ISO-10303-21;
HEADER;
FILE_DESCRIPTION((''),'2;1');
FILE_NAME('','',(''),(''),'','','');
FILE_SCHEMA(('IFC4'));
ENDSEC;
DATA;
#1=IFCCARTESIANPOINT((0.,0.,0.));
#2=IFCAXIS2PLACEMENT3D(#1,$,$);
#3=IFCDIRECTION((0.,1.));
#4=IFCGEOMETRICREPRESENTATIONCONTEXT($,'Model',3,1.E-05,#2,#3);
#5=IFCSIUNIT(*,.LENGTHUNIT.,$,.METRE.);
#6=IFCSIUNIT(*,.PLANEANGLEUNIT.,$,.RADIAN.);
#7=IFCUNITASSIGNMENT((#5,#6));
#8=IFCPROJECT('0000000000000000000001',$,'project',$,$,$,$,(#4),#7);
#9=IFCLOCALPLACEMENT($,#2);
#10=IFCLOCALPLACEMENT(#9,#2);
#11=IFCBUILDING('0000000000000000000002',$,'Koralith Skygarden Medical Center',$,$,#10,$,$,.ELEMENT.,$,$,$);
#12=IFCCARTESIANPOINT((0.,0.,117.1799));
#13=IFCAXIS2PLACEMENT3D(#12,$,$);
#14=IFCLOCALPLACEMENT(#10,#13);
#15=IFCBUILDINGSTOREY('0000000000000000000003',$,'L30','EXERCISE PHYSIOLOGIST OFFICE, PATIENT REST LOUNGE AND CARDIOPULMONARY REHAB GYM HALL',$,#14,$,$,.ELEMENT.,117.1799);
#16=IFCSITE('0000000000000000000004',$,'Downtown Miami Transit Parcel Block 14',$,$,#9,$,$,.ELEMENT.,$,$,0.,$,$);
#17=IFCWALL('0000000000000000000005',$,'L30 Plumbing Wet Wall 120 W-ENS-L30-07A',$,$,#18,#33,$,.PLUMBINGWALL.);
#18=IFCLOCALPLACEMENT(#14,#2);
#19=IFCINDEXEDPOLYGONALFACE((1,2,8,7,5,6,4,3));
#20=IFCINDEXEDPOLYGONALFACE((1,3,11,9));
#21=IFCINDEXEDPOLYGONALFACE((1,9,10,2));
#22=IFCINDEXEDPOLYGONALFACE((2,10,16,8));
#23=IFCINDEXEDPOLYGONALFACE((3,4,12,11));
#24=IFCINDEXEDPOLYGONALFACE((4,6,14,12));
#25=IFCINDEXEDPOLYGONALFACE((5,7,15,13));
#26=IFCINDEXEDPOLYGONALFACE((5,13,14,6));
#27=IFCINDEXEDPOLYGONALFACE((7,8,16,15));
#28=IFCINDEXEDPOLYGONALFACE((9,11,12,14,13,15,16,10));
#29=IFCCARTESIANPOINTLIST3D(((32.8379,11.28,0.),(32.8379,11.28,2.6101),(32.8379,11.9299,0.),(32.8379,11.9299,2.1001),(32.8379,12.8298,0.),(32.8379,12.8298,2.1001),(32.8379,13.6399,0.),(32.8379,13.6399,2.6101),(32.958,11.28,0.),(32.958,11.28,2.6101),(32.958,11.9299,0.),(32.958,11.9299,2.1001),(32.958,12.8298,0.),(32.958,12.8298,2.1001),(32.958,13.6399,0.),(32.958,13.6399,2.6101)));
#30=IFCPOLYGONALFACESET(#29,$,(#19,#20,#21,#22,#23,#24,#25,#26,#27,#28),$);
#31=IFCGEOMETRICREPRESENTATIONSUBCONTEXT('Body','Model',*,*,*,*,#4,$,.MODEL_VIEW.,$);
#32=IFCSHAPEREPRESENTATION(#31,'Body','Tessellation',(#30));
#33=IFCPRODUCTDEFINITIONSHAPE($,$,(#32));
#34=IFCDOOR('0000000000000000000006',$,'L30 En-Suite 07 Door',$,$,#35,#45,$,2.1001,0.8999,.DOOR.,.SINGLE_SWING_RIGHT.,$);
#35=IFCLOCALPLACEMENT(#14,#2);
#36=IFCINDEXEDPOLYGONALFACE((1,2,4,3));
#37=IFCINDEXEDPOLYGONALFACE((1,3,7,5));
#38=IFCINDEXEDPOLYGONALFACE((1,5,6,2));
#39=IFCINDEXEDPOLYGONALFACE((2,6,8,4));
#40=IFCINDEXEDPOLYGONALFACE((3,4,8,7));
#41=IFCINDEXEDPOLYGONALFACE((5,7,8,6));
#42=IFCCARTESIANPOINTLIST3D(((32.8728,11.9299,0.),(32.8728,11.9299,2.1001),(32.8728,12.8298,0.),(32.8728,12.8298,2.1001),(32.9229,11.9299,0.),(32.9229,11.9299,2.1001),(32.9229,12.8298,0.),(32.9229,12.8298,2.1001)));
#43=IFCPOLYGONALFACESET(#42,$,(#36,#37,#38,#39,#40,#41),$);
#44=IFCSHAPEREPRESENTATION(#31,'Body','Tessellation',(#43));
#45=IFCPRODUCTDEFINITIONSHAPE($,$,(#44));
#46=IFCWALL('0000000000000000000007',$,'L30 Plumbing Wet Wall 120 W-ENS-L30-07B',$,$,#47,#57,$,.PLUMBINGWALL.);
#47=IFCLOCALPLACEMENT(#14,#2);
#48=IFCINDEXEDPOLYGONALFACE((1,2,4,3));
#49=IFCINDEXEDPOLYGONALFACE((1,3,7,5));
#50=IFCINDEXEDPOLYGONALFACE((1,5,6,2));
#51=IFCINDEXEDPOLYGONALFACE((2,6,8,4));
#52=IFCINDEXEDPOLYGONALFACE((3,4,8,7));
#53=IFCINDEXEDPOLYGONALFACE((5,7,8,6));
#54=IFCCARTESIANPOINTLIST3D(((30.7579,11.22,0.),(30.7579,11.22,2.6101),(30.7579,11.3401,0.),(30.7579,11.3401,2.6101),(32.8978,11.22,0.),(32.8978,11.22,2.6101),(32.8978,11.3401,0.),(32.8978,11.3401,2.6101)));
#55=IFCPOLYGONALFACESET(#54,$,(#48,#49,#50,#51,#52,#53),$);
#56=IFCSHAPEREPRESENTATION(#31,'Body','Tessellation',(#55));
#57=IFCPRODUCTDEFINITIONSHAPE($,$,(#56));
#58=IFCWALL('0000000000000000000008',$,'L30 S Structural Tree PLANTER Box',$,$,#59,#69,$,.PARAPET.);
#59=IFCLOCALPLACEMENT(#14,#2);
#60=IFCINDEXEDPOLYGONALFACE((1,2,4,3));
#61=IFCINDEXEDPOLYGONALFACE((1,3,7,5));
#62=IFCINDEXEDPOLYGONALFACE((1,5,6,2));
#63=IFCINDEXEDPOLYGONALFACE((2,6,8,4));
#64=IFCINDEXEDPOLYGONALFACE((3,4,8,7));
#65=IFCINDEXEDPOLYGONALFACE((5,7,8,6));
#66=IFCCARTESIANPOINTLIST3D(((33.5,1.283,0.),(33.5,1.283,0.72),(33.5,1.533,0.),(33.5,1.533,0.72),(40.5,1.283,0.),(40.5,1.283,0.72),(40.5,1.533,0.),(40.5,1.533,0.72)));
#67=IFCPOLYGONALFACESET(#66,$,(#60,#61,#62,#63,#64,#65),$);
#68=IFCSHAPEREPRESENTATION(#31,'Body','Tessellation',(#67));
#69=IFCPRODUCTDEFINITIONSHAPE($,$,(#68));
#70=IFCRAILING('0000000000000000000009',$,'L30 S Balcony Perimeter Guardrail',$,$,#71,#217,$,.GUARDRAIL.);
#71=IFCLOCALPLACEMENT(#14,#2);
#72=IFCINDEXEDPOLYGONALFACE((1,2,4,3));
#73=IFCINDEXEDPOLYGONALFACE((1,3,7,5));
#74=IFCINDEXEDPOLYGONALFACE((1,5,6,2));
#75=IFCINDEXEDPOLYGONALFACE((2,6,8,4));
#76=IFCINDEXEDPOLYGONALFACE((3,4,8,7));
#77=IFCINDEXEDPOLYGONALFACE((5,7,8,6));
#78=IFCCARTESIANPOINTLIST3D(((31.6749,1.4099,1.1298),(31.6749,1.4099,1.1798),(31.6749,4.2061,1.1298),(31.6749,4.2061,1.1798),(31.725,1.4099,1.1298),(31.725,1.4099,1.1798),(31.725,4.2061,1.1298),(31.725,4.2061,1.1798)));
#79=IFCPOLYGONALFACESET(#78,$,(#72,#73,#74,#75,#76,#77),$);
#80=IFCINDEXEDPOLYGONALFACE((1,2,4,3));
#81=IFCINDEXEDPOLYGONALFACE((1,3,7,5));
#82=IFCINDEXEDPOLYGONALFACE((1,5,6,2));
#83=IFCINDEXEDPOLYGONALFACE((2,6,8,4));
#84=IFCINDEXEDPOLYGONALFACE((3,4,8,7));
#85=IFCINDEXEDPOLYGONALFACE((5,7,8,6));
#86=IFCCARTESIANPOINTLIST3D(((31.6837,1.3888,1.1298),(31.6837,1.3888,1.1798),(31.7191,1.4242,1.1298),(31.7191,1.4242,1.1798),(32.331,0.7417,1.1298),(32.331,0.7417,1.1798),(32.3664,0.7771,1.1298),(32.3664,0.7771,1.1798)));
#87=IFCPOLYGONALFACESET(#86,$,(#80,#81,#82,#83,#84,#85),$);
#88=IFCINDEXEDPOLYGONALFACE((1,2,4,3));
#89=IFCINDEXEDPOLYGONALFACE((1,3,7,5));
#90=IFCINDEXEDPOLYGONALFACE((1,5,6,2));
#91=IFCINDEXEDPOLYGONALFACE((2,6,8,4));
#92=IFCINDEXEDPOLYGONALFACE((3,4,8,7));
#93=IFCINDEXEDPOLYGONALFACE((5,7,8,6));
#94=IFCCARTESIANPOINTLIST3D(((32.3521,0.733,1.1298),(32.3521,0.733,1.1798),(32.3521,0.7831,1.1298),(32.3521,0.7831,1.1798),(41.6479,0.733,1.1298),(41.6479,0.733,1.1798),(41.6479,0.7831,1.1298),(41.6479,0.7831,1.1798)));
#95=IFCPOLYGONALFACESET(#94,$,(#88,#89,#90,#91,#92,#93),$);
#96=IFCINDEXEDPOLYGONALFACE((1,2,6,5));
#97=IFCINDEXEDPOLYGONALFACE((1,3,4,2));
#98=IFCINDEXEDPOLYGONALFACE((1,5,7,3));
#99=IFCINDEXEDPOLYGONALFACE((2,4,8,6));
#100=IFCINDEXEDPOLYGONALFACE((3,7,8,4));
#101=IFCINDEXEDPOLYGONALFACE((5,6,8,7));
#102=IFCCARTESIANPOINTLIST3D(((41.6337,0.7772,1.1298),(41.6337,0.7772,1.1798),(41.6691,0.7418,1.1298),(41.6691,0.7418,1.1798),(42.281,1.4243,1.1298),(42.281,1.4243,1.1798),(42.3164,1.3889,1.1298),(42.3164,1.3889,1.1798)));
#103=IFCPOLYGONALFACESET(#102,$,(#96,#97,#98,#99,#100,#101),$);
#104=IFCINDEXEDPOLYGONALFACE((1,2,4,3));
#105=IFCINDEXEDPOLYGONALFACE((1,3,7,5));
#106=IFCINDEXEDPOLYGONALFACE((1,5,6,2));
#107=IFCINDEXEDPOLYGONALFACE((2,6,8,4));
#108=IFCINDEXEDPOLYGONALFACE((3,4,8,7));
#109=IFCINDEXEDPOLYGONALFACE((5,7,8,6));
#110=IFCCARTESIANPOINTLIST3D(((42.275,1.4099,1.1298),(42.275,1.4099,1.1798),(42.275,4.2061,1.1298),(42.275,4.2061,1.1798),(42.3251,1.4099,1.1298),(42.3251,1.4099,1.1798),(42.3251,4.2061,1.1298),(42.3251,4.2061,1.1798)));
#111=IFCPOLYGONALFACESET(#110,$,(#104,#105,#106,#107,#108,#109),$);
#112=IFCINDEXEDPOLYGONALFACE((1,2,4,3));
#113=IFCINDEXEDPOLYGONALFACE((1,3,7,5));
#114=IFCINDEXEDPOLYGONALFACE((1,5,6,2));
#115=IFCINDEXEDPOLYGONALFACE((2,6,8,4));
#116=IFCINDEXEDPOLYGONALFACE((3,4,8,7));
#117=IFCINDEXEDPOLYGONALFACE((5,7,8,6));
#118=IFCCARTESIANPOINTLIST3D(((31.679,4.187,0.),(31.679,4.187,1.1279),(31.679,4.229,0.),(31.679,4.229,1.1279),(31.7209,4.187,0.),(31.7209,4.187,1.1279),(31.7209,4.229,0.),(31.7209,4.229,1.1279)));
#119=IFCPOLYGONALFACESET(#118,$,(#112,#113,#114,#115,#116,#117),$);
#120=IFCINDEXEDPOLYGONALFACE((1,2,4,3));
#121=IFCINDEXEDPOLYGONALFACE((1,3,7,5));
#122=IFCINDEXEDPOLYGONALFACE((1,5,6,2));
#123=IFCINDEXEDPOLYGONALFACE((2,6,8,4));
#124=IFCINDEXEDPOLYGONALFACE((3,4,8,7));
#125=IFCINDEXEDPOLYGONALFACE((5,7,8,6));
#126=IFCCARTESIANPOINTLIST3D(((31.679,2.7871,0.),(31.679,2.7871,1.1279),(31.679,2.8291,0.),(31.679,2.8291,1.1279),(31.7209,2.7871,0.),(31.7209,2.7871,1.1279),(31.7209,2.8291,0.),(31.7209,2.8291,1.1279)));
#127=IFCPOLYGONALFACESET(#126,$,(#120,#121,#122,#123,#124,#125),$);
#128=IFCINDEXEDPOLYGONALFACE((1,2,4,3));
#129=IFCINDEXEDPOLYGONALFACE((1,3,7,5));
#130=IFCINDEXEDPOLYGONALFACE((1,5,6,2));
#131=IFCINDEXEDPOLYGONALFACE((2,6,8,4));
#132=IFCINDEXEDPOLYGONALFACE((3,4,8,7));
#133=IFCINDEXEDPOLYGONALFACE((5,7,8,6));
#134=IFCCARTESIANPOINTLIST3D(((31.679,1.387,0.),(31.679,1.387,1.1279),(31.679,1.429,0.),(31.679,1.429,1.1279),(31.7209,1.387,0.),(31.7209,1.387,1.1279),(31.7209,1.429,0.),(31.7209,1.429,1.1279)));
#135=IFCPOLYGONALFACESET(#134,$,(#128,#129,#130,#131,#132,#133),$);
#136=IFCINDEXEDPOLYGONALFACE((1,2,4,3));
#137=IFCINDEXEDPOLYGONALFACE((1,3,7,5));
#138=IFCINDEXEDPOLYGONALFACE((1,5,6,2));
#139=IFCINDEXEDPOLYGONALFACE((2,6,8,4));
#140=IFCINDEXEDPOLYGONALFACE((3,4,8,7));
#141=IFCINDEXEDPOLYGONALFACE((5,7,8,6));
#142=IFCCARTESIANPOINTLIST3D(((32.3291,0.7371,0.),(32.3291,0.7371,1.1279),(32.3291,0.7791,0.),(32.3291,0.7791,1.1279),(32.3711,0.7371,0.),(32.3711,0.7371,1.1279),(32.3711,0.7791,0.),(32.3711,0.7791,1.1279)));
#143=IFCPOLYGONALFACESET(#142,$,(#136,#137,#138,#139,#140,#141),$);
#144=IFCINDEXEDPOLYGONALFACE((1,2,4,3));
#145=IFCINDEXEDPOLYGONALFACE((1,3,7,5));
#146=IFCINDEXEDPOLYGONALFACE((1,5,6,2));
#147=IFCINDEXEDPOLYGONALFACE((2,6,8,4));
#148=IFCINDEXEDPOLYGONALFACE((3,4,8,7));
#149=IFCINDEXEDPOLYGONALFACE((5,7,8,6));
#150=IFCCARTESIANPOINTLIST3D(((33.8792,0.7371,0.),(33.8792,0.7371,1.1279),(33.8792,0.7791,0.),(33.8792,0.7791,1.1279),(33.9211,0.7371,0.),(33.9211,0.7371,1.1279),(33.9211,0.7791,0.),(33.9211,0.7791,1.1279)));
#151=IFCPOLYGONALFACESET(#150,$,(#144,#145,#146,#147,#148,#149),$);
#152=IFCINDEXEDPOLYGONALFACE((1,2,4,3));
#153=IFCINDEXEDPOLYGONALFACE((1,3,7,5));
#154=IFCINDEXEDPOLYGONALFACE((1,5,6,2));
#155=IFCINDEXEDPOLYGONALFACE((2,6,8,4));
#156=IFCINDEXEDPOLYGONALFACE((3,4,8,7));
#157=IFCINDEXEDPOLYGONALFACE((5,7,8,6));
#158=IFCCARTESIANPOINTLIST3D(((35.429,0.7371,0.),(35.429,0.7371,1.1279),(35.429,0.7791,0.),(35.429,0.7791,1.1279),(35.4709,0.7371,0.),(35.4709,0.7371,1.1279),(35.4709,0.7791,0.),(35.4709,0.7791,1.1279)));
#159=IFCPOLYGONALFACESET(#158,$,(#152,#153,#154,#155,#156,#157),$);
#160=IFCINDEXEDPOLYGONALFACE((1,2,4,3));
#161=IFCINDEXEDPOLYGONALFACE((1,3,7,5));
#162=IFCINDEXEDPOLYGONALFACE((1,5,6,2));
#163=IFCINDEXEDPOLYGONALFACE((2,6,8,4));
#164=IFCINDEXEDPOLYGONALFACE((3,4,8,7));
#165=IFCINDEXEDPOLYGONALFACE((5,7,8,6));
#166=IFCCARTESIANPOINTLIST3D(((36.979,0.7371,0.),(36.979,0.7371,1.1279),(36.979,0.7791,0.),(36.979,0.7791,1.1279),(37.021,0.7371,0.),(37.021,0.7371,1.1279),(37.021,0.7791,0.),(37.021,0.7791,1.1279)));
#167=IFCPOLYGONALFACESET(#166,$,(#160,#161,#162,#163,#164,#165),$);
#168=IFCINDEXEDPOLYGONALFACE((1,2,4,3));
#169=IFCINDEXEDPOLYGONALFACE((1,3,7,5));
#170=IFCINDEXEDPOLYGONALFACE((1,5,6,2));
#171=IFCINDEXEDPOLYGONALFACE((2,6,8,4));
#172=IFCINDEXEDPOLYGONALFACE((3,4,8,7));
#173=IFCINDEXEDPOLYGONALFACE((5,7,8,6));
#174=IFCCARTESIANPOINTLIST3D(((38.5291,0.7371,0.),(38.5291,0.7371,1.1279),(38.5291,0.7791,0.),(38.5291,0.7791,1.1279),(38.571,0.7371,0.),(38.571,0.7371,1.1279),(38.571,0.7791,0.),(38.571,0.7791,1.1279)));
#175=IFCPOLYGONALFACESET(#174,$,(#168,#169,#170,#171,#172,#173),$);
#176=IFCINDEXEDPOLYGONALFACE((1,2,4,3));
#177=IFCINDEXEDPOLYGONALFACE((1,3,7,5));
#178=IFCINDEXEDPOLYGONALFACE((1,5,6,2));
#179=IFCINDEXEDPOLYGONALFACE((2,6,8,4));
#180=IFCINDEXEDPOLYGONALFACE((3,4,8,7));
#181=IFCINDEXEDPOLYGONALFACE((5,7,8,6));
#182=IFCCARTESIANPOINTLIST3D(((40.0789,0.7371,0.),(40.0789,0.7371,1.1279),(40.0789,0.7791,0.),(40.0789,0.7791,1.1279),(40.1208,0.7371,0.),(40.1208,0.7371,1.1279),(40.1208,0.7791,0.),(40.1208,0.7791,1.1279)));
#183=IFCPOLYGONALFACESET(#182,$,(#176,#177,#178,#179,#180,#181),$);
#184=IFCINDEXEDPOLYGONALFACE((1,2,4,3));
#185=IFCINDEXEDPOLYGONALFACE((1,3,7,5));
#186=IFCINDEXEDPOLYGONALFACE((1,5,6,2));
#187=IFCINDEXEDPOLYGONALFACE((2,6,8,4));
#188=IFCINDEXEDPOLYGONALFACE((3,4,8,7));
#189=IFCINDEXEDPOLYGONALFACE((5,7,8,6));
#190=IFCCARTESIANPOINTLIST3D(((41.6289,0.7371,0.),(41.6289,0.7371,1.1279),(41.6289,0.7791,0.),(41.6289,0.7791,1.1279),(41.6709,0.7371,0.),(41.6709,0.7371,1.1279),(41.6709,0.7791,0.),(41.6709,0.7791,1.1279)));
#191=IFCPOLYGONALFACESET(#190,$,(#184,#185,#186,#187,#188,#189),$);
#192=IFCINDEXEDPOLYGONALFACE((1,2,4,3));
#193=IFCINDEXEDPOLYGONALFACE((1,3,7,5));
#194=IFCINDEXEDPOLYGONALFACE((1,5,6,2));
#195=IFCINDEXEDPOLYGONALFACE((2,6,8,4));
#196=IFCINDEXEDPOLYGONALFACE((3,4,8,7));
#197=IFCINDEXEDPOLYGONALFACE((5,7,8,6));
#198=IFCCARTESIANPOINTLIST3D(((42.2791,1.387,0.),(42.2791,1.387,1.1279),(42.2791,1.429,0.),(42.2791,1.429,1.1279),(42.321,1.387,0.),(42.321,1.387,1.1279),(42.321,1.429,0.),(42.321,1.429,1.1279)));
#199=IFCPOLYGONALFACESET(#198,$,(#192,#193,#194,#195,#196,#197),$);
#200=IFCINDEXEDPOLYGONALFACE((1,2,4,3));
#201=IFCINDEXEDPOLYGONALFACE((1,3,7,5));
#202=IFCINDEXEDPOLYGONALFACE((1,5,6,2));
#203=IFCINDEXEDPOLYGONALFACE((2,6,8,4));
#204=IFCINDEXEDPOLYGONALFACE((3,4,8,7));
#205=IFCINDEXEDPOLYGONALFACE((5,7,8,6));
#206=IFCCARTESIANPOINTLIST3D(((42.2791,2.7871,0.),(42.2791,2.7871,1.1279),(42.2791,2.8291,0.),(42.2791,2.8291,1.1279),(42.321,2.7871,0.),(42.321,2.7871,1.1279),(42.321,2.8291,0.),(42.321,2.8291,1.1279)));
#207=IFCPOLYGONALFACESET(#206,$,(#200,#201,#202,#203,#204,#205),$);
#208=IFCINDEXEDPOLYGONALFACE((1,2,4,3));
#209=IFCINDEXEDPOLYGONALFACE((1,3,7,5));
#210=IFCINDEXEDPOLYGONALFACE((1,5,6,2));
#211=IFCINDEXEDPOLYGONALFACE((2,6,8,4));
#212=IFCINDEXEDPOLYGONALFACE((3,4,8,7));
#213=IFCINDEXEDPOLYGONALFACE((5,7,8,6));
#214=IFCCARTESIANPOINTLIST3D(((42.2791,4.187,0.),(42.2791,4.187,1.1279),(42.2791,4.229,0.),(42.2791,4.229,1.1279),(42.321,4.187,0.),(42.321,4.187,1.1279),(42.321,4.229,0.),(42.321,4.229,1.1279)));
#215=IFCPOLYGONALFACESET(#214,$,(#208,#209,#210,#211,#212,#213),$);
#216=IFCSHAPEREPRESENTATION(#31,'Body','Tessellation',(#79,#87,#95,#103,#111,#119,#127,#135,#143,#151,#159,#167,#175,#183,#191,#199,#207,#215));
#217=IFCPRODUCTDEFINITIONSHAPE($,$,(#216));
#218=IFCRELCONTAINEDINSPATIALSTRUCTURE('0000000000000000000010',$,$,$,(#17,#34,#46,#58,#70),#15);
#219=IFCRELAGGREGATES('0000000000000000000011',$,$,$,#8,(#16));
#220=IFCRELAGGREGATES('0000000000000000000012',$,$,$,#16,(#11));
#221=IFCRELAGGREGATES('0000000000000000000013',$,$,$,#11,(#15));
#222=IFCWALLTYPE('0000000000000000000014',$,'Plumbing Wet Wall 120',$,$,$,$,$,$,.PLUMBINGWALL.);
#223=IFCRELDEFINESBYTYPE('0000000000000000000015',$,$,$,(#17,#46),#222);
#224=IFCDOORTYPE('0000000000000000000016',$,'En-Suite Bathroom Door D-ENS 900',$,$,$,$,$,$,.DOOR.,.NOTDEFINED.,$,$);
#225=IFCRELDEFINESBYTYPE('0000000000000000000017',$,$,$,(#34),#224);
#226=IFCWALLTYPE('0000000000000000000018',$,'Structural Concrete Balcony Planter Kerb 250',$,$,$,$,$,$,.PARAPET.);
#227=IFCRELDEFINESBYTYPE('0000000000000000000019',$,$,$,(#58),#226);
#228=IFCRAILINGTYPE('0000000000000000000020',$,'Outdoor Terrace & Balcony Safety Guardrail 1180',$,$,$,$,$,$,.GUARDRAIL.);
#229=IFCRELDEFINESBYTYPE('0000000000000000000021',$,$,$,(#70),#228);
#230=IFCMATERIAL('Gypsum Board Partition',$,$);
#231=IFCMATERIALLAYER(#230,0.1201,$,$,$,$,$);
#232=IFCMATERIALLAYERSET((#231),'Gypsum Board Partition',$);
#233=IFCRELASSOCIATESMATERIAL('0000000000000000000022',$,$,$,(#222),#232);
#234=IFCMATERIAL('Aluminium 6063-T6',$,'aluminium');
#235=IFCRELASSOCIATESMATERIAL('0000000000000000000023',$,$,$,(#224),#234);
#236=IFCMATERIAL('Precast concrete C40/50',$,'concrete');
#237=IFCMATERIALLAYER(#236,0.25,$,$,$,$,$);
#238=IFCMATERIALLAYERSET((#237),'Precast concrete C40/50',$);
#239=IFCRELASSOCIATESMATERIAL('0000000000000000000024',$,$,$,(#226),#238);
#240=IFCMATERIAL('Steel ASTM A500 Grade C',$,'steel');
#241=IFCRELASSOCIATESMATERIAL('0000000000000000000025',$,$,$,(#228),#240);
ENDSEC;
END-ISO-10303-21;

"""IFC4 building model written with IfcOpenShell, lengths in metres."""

from ifc_helpers import new_model, si_unit, direction, frame, frame_2d, origin, origin_2d, place, context, subcontext, project, spatial, rectangle, extrude, material, layer, layer_set, type_object, element, fill, save


model = new_model("IFC4")

# Units and contexts
model_context = context("Model", 3, precision=1e-05, world=origin(), true_north=direction((0.0, 1.0)))
body_context = subcontext(model_context, "Body", "Model", "MODEL_VIEW")
ifc_project = project(units=[si_unit("LENGTHUNIT", "METRE"), si_unit("PLANEANGLEUNIT", "RADIAN")], contexts=[model_context])

# Site, building, storey
site_placement = place(None, origin())
site = spatial("IfcSite", under=ifc_project, at=site_placement, Name="Downtown Miami Transit Parcel Block 14", CompositionType="ELEMENT", RefElevation=0.0)
building_placement = place(site_placement, origin())
building = spatial("IfcBuilding", under=site, at=building_placement, Name="Koralith Skygarden Medical Center", CompositionType="ELEMENT")
storey_placement = place(building_placement, frame((0.0, 0.0, 117.1799)))
storey = spatial("IfcBuildingStorey", under=building, at=storey_placement, Name="L30", Description="EXERCISE PHYSIOLOGIST OFFICE, PATIENT REST LOUNGE AND CARDIOPULMONARY REHAB GYM HALL", CompositionType="ELEMENT", Elevation=117.1799)

# Shared definitions
ifc_material_1 = material(Name="Aluminium 6063-T6", Category="aluminium")

# Shared definitions
ifc_material_2 = material(Name="Gypsum Board Partition")

# Wall, opening, door
ifc_layer_1 = layer(ifc_material_2, 0.1201)
ifc_layer_set_1 = layer_set([ifc_layer_1], Name="Gypsum Board Partition")
wall_type_1 = type_object("IfcWallType", Name="Plumbing Wet Wall 120", PredefinedType="PLUMBINGWALL", material=ifc_layer_set_1)
wall_1_placement = place(storey_placement, frame((32.8979, 11.28, 0.0), z_axis=(0.0, 0.0, 1.0), x_axis=(0.0, 1.0, 0.0)))
wall_1 = element("IfcWall", 1, at=wall_1_placement, inside=storey, type_object=wall_type_1, Name="L30 Plumbing Wet Wall 120 W-ENS-L30-07A", PredefinedType="PLUMBINGWALL", context=body_context, shape_type="SweptSolid", body=[
    extrude(rectangle(XDim=2.3599, YDim=0.1201, at=frame_2d((1.1799, 0.0))), origin(), (0.0, 0.0, 1.0), 2.6101),
])
opening_1_placement = place(wall_1_placement, frame((0.6499, 0.0, 0.0)))
opening_1 = element("IfcOpeningElement", 2, at=opening_1_placement, cuts=wall_1, PredefinedType="OPENING", context=body_context, shape_type="SweptSolid", body=[
    extrude(rectangle(XDim=0.8999, YDim=2.1001, at=frame_2d((0.45, 1.05))), frame((0.0, 0.0701, 0.0), z_axis=(0.0, -1.0, 0.0), x_axis=(1.0, 0.0, 0.0)), (0.0, 0.0, 1.0), 0.1401),
])
door_type_1 = type_object("IfcDoorType", Name="En-Suite Bathroom Door D-ENS 900", OperationType="NOTDEFINED", PredefinedType="DOOR", material=ifc_material_1)
door_1_placement = place(opening_1_placement, frame((0.8999, 0.0, 0.0), z_axis=(0.0, 0.0, 1.0), x_axis=(-1.0, 0.0, 0.0)))
door_1 = element("IfcDoor", 3, at=door_1_placement, inside=storey, type_object=door_type_1, Name="L30 En-Suite 07 Door", OperationType="SINGLE_SWING_RIGHT", OverallHeight=2.1001, OverallWidth=0.8999, PredefinedType="DOOR", context=body_context, shape_type="SweptSolid", body=[
    extrude(rectangle(XDim=0.8999, YDim=2.1001, at=frame_2d((0.45, 1.05))), frame((0.0, 0.0249, 0.0), z_axis=(0.0, -1.0, 0.0), x_axis=(1.0, 0.0, 0.0)), (0.0, 0.0, 1.0), 0.05),
])
fill(opening_1, door_1)

# Walls
wall_2_placement = place(storey_placement, frame((30.7581, 11.28, 0.0), z_axis=(0.0, 0.0, 1.0), x_axis=(1.0, 0.0, 0.0)))
element("IfcWall", 4, at=wall_2_placement, inside=storey, type_object=wall_type_1, Name="L30 Plumbing Wet Wall 120 W-ENS-L30-07B", PredefinedType="PLUMBINGWALL", context=body_context, shape_type="SweptSolid", body=[
    extrude(rectangle(XDim=2.1399, YDim=0.1201, at=frame_2d((1.0698, 0.0))), origin(), (0.0, 0.0, 1.0), 2.6101),
])
ifc_material_3 = material(Name="Precast concrete C40/50", Category="concrete")
ifc_layer_2 = layer(ifc_material_3, 0.25)
ifc_layer_set_2 = layer_set([ifc_layer_2], Name="Precast concrete C40/50")
wall_type_2 = type_object("IfcWallType", Name="Structural Concrete Balcony Planter Kerb 250", PredefinedType="PARAPET", material=ifc_layer_set_2)
wall_3_placement = place(storey_placement, frame((33.5, 1.408, 0.0), z_axis=(0.0, 0.0, 1.0), x_axis=(1.0, 0.0, 0.0)))
element("IfcWall", 5, at=wall_3_placement, inside=storey, type_object=wall_type_2, Name="L30 S Structural Tree PLANTER Box", PredefinedType="PARAPET", context=body_context, shape_type="SweptSolid", body=[
    extrude(rectangle(XDim=7.0, YDim=0.25, at=frame_2d((3.5, 0.0))), origin(), (0.0, 0.0, 1.0), 0.72),
])

# Railing
ifc_material_4 = material(Name="Steel ASTM A500 Grade C", Category="steel")
railing_type = type_object("IfcRailingType", Name="Outdoor Terrace & Balcony Safety Guardrail 1180", PredefinedType="GUARDRAIL", material=ifc_material_4)
railing_placement = place(storey_placement, frame((31.7, 4.208, 0.0)))
element("IfcRailing", 6, at=railing_placement, inside=storey, type_object=railing_type, Name="L30 S Balcony Perimeter Guardrail", PredefinedType="GUARDRAIL", context=body_context, shape_type="SweptSolid", body=[
    extrude(rectangle(XDim=0.05, YDim=0.05, at=origin_2d()), frame((0.0, -0.002, 1.1548), z_axis=(0.0, -1.0, 0.0), x_axis=(1.0, 0.0, 0.0)), (0.0, 0.0, 1.0), 2.7961),
    extrude(rectangle(XDim=0.05, YDim=0.05, at=origin_2d()), frame((0.0015, -2.8015, 1.1548), z_axis=(0.70724, -0.706974, 0.0), x_axis=(0.706974, 0.70724, 0.0)), (0.0, 0.0, 1.0), 0.9153),
    extrude(rectangle(XDim=0.05, YDim=0.05, at=origin_2d()), frame((0.6521, -3.45, 1.1548), z_axis=(1.0, 0.0, 0.0), x_axis=(0.0, 1.0, 0.0)), (0.0, 0.0, 1.0), 9.2959),
    extrude(rectangle(XDim=0.05, YDim=0.05, at=origin_2d()), frame((9.9514, -3.4485, 1.1548), z_axis=(0.70724, 0.706974, 0.0), x_axis=(-0.706974, 0.70724, 0.0)), (0.0, 0.0, 1.0), 0.9153),
    extrude(rectangle(XDim=0.05, YDim=0.05, at=origin_2d()), frame((10.6001, -2.7981, 1.1548), z_axis=(0.0, 1.0, 0.0), x_axis=(-1.0, 0.0, 0.0)), (0.0, 0.0, 1.0), 2.7961),
    extrude(rectangle(XDim=0.042, YDim=0.042, at=origin_2d()), origin(), (0.0, 0.0, 1.0), 1.1279),
    extrude(rectangle(XDim=0.042, YDim=0.042, at=origin_2d()), frame((0.0, -1.3999, 0.0)), (0.0, 0.0, 1.0), 1.1279),
    extrude(rectangle(XDim=0.042, YDim=0.042, at=origin_2d()), frame((0.0, -2.8, 0.0)), (0.0, 0.0, 1.0), 1.1279),
    extrude(rectangle(XDim=0.042, YDim=0.042, at=origin_2d()), frame((0.6501, -3.45, 0.0)), (0.0, 0.0, 1.0), 1.1279),
    extrude(rectangle(XDim=0.042, YDim=0.042, at=origin_2d()), frame((2.2002, -3.45, 0.0)), (0.0, 0.0, 1.0), 1.1279),
    extrude(rectangle(XDim=0.042, YDim=0.042, at=origin_2d()), frame((3.75, -3.45, 0.0)), (0.0, 0.0, 1.0), 1.1279),
    extrude(rectangle(XDim=0.042, YDim=0.042, at=origin_2d()), frame((5.3, -3.45, 0.0)), (0.0, 0.0, 1.0), 1.1279),
    extrude(rectangle(XDim=0.042, YDim=0.042, at=origin_2d()), frame((6.8501, -3.45, 0.0)), (0.0, 0.0, 1.0), 1.1279),
    extrude(rectangle(XDim=0.042, YDim=0.042, at=origin_2d()), frame((8.3999, -3.45, 0.0)), (0.0, 0.0, 1.0), 1.1279),
    extrude(rectangle(XDim=0.042, YDim=0.042, at=origin_2d()), frame((9.95, -3.45, 0.0)), (0.0, 0.0, 1.0), 1.1279),
    extrude(rectangle(XDim=0.042, YDim=0.042, at=origin_2d()), frame((10.6001, -2.8, 0.0)), (0.0, 0.0, 1.0), 1.1279),
    extrude(rectangle(XDim=0.042, YDim=0.042, at=origin_2d()), frame((10.6001, -1.3999, 0.0)), (0.0, 0.0, 1.0), 1.1279),
    extrude(rectangle(XDim=0.042, YDim=0.042, at=origin_2d()), frame((10.6001, 0.0, 0.0)), (0.0, 0.0, 1.0), 1.1279),
])

save(model, "model.ifc")
